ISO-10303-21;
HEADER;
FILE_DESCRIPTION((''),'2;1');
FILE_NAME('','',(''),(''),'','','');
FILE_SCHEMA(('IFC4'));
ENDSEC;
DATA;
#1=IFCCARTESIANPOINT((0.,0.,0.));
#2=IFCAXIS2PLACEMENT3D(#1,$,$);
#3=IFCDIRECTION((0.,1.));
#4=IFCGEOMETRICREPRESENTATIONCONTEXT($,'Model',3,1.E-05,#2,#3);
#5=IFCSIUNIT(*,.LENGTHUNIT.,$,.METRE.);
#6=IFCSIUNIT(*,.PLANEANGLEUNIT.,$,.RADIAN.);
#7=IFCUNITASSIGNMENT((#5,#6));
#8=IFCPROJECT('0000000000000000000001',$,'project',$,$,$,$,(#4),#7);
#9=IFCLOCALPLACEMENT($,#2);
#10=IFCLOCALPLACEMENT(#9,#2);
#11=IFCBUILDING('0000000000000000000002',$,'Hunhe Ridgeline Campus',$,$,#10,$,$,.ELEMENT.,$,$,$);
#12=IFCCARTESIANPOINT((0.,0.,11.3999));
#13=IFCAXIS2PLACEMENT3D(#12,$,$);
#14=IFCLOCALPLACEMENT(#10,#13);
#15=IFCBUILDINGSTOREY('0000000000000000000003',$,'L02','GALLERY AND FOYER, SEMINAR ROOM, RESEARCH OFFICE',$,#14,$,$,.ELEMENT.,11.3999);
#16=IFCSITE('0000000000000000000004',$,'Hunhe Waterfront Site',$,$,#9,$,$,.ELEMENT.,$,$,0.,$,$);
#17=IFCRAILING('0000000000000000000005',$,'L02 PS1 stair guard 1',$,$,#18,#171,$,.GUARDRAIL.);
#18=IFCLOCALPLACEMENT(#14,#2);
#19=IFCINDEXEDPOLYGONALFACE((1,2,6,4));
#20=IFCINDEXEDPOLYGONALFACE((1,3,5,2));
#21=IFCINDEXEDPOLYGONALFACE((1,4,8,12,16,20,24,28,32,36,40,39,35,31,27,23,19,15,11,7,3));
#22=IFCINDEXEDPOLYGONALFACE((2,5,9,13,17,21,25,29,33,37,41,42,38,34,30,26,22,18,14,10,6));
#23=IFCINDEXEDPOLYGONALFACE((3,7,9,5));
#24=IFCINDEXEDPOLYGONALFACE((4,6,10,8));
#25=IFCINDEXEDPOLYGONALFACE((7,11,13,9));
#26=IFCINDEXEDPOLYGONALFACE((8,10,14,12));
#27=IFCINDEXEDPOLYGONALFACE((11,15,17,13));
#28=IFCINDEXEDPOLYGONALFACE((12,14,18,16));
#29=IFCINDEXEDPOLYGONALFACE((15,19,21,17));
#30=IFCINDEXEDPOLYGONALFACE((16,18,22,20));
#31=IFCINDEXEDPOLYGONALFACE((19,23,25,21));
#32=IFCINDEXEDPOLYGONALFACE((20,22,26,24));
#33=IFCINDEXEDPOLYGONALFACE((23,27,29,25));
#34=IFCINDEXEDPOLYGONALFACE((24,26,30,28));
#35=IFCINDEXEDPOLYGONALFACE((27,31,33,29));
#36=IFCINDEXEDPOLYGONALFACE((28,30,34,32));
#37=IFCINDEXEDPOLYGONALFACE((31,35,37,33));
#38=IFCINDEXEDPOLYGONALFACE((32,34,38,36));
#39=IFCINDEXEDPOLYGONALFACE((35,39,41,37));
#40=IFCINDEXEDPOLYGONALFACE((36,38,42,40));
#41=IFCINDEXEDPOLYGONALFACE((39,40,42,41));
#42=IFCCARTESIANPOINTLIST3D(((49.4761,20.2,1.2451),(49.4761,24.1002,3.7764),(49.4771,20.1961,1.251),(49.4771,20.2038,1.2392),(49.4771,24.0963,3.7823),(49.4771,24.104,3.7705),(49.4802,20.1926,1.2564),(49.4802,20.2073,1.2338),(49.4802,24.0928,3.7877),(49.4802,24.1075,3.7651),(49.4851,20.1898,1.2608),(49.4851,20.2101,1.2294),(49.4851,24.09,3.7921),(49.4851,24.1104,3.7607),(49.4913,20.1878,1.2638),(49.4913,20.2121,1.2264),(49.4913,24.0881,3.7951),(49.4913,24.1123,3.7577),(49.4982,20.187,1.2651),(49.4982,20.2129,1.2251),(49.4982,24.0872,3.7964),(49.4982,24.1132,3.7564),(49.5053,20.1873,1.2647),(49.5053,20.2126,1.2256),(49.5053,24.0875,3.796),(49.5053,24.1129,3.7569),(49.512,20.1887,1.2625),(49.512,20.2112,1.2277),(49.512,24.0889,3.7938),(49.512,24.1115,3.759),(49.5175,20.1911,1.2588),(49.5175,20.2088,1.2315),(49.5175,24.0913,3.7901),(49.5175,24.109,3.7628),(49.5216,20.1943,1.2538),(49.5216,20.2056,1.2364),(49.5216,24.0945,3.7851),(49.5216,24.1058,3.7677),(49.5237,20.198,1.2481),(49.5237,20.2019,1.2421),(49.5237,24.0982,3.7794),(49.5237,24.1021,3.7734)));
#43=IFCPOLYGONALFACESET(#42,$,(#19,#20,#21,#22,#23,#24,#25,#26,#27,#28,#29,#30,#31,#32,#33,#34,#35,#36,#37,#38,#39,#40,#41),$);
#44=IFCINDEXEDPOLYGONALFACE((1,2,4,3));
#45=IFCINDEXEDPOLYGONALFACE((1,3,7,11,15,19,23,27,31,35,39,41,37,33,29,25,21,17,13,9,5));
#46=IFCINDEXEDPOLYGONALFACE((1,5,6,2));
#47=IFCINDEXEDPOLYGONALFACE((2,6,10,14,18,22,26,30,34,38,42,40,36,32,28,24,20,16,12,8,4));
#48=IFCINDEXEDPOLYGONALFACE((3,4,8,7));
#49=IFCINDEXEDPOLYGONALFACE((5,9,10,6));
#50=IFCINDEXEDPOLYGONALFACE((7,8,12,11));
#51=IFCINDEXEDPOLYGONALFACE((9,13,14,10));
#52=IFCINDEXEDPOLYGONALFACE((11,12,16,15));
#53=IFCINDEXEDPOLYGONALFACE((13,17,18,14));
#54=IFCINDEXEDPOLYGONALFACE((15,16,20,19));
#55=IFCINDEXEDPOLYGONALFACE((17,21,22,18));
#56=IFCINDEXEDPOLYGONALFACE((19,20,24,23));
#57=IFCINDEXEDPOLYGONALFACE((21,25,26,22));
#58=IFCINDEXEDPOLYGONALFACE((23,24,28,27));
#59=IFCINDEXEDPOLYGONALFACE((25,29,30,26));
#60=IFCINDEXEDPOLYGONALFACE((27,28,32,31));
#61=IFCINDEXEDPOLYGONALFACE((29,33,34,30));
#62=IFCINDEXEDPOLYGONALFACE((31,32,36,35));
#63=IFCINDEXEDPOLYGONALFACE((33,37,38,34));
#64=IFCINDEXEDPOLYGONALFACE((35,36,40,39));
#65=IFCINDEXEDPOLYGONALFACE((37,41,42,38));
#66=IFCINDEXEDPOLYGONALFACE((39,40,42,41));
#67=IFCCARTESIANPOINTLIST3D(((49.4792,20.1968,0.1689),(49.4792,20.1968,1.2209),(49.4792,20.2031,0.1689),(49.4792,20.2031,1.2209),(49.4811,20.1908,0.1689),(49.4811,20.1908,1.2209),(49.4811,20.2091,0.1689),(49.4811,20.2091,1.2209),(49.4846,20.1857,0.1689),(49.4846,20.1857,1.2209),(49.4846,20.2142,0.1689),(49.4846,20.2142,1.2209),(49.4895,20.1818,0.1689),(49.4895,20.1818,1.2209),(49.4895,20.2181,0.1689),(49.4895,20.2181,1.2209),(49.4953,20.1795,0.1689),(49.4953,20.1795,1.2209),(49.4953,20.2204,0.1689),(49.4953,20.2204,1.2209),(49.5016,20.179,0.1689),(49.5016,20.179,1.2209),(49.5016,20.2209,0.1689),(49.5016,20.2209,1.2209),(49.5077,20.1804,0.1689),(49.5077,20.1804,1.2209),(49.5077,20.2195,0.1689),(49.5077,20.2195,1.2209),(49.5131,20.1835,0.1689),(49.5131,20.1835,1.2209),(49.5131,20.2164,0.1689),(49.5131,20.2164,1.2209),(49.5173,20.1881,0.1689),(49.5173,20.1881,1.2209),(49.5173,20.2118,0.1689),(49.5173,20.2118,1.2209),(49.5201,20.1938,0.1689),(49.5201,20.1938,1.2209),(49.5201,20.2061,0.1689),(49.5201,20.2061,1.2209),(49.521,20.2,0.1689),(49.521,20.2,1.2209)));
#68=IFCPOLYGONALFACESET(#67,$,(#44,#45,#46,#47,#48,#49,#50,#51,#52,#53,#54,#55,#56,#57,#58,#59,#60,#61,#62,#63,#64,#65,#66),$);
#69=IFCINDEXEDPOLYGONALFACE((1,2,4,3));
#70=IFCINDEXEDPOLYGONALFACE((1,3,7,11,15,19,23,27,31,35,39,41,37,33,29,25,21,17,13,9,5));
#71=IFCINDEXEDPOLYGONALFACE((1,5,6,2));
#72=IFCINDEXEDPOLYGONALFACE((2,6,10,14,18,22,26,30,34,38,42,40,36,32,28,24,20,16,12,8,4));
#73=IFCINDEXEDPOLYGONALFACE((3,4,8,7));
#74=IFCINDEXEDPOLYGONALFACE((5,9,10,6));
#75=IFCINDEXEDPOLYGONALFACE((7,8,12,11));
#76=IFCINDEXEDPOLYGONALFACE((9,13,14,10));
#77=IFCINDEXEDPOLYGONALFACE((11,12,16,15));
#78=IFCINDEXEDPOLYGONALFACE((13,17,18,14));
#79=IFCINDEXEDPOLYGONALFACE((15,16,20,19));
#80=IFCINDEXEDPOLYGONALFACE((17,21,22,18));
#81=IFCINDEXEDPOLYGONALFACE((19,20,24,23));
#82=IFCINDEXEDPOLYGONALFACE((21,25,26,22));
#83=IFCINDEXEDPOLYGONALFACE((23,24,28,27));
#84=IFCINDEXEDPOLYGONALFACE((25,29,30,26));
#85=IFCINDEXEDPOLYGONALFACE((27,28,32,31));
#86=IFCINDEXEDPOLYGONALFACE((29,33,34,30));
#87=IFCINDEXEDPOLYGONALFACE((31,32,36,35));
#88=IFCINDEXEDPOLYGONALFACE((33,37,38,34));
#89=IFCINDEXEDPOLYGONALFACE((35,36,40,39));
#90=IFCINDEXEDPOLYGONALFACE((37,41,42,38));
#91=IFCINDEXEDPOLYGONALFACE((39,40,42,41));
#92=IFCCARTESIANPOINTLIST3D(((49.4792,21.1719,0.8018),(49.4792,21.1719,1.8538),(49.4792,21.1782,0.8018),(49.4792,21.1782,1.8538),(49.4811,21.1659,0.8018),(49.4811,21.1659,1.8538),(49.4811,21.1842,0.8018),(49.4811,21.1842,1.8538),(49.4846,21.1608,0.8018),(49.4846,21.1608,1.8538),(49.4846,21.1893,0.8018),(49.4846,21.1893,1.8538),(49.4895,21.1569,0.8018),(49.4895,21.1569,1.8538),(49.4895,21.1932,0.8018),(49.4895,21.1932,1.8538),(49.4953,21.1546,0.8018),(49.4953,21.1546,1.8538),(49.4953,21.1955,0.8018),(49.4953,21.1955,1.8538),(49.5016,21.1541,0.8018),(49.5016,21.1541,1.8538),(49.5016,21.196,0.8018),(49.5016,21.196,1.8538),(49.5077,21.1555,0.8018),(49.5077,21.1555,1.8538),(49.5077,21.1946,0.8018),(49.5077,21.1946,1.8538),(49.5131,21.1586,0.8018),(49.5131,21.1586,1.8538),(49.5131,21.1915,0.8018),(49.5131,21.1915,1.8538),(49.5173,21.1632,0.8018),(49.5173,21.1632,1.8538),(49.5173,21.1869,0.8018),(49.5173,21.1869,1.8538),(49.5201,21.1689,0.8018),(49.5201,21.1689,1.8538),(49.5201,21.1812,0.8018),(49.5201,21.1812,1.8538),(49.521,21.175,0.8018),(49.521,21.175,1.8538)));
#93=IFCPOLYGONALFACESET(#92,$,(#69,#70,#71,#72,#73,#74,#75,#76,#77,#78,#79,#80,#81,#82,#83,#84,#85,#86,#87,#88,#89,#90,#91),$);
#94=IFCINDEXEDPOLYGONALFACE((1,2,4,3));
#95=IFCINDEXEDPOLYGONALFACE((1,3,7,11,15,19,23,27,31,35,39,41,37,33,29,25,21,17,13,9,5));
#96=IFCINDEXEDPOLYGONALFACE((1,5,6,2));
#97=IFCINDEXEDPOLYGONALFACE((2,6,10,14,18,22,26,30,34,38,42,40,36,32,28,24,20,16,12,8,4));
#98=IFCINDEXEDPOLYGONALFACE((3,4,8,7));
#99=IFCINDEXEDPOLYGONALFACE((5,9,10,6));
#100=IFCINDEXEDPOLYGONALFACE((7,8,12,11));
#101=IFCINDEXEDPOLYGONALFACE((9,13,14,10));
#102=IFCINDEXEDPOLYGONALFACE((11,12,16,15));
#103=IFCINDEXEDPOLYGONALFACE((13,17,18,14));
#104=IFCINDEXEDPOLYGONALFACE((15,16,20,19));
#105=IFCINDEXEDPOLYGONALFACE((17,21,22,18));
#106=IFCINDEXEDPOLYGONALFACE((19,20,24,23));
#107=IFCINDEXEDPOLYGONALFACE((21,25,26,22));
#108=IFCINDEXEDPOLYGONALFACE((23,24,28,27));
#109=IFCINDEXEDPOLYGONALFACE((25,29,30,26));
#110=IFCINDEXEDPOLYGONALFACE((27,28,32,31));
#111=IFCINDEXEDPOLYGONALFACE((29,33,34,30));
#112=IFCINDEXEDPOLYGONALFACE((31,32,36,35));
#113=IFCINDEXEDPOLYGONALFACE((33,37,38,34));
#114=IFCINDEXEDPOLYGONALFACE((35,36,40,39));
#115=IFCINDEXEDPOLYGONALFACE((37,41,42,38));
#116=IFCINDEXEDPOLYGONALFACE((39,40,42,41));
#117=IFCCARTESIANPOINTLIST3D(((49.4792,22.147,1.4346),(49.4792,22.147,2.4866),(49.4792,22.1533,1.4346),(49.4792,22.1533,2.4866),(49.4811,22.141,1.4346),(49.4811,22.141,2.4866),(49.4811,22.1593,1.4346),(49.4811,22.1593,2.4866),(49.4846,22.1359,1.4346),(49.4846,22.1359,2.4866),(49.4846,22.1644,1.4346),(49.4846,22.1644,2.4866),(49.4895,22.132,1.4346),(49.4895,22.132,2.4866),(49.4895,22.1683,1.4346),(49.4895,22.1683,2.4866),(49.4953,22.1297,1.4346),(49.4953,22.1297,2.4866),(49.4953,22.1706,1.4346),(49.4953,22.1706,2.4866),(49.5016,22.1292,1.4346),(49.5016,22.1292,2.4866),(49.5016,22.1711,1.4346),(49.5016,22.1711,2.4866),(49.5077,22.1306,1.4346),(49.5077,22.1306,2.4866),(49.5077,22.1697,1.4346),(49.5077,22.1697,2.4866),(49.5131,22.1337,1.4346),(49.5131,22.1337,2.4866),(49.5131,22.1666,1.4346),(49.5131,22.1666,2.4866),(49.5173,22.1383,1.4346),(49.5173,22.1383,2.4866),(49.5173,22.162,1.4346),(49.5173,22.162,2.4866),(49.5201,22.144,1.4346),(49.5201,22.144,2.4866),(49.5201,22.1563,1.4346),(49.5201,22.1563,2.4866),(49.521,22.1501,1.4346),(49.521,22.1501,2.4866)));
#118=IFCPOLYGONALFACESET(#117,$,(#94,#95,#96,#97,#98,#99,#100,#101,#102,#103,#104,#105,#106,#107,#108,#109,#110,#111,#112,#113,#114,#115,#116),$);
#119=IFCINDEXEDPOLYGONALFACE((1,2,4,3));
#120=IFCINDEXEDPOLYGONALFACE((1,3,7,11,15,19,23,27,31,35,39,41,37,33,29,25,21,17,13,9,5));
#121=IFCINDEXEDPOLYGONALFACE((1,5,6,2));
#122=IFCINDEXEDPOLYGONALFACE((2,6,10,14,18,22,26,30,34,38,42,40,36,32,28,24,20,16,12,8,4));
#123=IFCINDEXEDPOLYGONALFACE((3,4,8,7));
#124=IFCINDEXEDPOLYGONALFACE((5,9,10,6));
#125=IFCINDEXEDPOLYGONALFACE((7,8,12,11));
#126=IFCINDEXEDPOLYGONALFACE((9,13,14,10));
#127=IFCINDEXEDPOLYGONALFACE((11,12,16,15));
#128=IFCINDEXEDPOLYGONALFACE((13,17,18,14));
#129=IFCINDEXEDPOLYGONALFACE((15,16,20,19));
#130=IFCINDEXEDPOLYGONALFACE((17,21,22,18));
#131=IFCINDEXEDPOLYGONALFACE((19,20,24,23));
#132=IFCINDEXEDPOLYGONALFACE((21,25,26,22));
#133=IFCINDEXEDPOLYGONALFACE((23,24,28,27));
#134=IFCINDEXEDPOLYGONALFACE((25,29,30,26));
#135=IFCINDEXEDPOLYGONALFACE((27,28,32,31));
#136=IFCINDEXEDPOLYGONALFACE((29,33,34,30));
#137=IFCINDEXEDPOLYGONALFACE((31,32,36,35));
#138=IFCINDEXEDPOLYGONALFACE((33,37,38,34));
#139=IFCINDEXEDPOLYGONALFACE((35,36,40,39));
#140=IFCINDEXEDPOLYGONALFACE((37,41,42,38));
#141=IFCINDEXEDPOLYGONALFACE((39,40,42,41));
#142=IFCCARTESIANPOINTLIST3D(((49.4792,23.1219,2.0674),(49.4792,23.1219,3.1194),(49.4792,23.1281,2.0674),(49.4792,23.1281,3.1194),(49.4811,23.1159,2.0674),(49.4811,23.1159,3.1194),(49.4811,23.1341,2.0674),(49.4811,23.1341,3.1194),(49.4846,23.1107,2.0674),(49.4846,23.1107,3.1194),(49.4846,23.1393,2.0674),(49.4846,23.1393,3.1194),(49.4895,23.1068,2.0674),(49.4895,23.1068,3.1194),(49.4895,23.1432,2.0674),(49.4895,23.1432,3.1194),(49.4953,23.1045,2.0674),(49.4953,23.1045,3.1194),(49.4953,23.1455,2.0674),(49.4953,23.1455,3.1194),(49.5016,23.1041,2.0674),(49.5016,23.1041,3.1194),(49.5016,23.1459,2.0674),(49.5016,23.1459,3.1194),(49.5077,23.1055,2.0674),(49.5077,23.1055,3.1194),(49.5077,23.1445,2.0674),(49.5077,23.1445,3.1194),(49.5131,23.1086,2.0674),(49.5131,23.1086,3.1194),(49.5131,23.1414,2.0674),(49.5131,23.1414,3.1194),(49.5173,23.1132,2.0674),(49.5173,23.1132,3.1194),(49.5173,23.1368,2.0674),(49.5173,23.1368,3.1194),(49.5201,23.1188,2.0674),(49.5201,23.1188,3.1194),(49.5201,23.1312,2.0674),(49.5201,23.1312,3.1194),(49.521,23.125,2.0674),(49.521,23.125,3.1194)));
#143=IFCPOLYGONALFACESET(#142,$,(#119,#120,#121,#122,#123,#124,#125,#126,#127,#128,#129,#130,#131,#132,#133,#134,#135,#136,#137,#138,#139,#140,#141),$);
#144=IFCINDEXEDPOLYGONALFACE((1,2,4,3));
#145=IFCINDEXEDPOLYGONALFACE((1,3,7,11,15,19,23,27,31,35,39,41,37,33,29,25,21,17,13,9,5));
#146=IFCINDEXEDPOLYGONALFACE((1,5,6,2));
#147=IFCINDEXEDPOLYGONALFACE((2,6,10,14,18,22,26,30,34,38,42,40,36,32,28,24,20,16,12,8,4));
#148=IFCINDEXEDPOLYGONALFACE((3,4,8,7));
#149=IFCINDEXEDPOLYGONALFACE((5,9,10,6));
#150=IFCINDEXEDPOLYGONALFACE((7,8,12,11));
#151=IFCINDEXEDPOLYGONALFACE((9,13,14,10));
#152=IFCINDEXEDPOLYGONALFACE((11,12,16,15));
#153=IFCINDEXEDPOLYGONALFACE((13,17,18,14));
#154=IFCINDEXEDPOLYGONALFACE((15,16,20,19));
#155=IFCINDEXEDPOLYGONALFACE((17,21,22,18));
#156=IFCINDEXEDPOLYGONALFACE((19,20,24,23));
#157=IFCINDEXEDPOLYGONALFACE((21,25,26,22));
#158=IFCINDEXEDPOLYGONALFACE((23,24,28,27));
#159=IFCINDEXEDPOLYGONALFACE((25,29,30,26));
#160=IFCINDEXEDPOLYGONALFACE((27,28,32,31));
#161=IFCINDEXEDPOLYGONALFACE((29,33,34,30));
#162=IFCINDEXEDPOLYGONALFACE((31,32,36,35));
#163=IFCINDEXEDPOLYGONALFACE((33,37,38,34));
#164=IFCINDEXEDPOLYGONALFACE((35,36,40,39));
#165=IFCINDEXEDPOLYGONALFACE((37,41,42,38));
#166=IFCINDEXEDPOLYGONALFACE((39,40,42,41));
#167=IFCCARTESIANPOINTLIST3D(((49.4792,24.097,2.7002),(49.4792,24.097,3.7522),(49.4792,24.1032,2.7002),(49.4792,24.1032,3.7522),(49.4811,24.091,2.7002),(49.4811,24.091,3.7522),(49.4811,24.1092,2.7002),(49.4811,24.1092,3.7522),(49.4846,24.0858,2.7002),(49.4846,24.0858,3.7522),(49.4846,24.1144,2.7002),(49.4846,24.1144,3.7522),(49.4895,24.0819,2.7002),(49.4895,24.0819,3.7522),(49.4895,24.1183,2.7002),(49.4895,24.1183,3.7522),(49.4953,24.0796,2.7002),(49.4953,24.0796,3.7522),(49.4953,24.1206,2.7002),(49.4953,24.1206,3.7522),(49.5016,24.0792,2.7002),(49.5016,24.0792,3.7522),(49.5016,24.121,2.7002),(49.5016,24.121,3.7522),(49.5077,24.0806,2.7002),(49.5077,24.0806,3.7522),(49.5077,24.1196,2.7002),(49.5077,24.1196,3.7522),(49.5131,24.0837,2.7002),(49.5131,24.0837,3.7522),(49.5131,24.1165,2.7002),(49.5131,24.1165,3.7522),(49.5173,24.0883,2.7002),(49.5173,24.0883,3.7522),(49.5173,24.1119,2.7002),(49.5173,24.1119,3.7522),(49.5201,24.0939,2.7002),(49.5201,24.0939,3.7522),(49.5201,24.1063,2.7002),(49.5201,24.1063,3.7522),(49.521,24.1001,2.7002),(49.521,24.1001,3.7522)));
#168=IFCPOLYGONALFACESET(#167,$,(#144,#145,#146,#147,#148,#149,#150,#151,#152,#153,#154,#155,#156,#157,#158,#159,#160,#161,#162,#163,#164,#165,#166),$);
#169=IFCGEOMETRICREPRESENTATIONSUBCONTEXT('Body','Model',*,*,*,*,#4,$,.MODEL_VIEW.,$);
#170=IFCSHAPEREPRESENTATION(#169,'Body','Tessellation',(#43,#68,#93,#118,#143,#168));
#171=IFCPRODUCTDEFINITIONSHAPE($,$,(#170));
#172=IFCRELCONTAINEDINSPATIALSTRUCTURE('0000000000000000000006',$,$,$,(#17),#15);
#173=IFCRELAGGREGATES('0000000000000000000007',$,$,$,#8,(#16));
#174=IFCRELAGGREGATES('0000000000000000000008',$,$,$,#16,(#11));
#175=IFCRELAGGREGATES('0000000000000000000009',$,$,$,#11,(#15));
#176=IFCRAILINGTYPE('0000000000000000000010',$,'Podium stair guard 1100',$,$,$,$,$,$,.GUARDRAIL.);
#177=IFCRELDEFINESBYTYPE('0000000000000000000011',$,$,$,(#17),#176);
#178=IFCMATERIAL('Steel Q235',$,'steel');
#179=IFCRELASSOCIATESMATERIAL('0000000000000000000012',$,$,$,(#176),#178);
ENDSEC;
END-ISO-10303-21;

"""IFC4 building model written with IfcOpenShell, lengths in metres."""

from ifc_helpers import new_model, si_unit, direction, frame, origin, origin_2d, place, context, subcontext, project, spatial, circle, extrude, material, type_object, element, save


model = new_model("IFC4")

# Units and contexts
model_context = context("Model", 3, precision=1e-05, world=origin(), true_north=direction((0.0, 1.0)))
body_context = subcontext(model_context, "Body", "Model", "MODEL_VIEW")
ifc_project = project(units=[si_unit("LENGTHUNIT", "METRE"), si_unit("PLANEANGLEUNIT", "RADIAN")], contexts=[model_context])

# Site, building, storey
site_placement = place(None, origin())
site = spatial("IfcSite", under=ifc_project, at=site_placement, Name="Hunhe Waterfront Site", CompositionType="ELEMENT", RefElevation=0.0)
building_placement = place(site_placement, origin())
building = spatial("IfcBuilding", under=site, at=building_placement, Name="Hunhe Ridgeline Campus", CompositionType="ELEMENT")
storey_placement = place(building_placement, frame((0.0, 0.0, 11.3999)))
storey = spatial("IfcBuildingStorey", under=building, at=storey_placement, Name="L02", Description="GALLERY AND FOYER, SEMINAR ROOM, RESEARCH OFFICE", CompositionType="ELEMENT", Elevation=11.3999)

# Shared definitions
ifc_material_1 = material(Name="Steel Q235", Category="steel")

# Railing
railing_type_1 = type_object("IfcRailingType", Name="Podium stair guard 1100", PredefinedType="GUARDRAIL", material=ifc_material_1)
railing_1_placement = place(storey_placement, frame((49.5, 20.2, 0.1689)))
element("IfcRailing", 1, at=railing_1_placement, inside=storey, type_object=railing_type_1, Name="L02 PS1 stair guard 1", PredefinedType="GUARDRAIL", context=body_context, shape_type="SweptSolid", body=[
    extrude(circle(Radius=0.0239, at=origin_2d()), frame((0.0, 0.0, 1.0762), z_axis=(0.0, 0.838821, 0.544407), x_axis=(-1.0, 0.0, 0.0)), (0.0, 0.0, 1.0), 4.6497),
    extrude(circle(Radius=0.021, at=origin_2d()), origin(), (0.0, 0.0, 1.0), 1.052),
    extrude(circle(Radius=0.021, at=origin_2d()), frame((0.0, 0.9751, 0.6328)), (0.0, 0.0, 1.0), 1.052),
    extrude(circle(Radius=0.021, at=origin_2d()), frame((0.0, 1.9502, 1.2656)), (0.0, 0.0, 1.0), 1.052),
    extrude(circle(Radius=0.021, at=origin_2d()), frame((0.0, 2.925, 1.8984)), (0.0, 0.0, 1.0), 1.052),
    extrude(circle(Radius=0.021, at=origin_2d()), frame((0.0, 3.9001, 2.5312)), (0.0, 0.0, 1.0), 1.052),
])

save(model, "model.ifc")
